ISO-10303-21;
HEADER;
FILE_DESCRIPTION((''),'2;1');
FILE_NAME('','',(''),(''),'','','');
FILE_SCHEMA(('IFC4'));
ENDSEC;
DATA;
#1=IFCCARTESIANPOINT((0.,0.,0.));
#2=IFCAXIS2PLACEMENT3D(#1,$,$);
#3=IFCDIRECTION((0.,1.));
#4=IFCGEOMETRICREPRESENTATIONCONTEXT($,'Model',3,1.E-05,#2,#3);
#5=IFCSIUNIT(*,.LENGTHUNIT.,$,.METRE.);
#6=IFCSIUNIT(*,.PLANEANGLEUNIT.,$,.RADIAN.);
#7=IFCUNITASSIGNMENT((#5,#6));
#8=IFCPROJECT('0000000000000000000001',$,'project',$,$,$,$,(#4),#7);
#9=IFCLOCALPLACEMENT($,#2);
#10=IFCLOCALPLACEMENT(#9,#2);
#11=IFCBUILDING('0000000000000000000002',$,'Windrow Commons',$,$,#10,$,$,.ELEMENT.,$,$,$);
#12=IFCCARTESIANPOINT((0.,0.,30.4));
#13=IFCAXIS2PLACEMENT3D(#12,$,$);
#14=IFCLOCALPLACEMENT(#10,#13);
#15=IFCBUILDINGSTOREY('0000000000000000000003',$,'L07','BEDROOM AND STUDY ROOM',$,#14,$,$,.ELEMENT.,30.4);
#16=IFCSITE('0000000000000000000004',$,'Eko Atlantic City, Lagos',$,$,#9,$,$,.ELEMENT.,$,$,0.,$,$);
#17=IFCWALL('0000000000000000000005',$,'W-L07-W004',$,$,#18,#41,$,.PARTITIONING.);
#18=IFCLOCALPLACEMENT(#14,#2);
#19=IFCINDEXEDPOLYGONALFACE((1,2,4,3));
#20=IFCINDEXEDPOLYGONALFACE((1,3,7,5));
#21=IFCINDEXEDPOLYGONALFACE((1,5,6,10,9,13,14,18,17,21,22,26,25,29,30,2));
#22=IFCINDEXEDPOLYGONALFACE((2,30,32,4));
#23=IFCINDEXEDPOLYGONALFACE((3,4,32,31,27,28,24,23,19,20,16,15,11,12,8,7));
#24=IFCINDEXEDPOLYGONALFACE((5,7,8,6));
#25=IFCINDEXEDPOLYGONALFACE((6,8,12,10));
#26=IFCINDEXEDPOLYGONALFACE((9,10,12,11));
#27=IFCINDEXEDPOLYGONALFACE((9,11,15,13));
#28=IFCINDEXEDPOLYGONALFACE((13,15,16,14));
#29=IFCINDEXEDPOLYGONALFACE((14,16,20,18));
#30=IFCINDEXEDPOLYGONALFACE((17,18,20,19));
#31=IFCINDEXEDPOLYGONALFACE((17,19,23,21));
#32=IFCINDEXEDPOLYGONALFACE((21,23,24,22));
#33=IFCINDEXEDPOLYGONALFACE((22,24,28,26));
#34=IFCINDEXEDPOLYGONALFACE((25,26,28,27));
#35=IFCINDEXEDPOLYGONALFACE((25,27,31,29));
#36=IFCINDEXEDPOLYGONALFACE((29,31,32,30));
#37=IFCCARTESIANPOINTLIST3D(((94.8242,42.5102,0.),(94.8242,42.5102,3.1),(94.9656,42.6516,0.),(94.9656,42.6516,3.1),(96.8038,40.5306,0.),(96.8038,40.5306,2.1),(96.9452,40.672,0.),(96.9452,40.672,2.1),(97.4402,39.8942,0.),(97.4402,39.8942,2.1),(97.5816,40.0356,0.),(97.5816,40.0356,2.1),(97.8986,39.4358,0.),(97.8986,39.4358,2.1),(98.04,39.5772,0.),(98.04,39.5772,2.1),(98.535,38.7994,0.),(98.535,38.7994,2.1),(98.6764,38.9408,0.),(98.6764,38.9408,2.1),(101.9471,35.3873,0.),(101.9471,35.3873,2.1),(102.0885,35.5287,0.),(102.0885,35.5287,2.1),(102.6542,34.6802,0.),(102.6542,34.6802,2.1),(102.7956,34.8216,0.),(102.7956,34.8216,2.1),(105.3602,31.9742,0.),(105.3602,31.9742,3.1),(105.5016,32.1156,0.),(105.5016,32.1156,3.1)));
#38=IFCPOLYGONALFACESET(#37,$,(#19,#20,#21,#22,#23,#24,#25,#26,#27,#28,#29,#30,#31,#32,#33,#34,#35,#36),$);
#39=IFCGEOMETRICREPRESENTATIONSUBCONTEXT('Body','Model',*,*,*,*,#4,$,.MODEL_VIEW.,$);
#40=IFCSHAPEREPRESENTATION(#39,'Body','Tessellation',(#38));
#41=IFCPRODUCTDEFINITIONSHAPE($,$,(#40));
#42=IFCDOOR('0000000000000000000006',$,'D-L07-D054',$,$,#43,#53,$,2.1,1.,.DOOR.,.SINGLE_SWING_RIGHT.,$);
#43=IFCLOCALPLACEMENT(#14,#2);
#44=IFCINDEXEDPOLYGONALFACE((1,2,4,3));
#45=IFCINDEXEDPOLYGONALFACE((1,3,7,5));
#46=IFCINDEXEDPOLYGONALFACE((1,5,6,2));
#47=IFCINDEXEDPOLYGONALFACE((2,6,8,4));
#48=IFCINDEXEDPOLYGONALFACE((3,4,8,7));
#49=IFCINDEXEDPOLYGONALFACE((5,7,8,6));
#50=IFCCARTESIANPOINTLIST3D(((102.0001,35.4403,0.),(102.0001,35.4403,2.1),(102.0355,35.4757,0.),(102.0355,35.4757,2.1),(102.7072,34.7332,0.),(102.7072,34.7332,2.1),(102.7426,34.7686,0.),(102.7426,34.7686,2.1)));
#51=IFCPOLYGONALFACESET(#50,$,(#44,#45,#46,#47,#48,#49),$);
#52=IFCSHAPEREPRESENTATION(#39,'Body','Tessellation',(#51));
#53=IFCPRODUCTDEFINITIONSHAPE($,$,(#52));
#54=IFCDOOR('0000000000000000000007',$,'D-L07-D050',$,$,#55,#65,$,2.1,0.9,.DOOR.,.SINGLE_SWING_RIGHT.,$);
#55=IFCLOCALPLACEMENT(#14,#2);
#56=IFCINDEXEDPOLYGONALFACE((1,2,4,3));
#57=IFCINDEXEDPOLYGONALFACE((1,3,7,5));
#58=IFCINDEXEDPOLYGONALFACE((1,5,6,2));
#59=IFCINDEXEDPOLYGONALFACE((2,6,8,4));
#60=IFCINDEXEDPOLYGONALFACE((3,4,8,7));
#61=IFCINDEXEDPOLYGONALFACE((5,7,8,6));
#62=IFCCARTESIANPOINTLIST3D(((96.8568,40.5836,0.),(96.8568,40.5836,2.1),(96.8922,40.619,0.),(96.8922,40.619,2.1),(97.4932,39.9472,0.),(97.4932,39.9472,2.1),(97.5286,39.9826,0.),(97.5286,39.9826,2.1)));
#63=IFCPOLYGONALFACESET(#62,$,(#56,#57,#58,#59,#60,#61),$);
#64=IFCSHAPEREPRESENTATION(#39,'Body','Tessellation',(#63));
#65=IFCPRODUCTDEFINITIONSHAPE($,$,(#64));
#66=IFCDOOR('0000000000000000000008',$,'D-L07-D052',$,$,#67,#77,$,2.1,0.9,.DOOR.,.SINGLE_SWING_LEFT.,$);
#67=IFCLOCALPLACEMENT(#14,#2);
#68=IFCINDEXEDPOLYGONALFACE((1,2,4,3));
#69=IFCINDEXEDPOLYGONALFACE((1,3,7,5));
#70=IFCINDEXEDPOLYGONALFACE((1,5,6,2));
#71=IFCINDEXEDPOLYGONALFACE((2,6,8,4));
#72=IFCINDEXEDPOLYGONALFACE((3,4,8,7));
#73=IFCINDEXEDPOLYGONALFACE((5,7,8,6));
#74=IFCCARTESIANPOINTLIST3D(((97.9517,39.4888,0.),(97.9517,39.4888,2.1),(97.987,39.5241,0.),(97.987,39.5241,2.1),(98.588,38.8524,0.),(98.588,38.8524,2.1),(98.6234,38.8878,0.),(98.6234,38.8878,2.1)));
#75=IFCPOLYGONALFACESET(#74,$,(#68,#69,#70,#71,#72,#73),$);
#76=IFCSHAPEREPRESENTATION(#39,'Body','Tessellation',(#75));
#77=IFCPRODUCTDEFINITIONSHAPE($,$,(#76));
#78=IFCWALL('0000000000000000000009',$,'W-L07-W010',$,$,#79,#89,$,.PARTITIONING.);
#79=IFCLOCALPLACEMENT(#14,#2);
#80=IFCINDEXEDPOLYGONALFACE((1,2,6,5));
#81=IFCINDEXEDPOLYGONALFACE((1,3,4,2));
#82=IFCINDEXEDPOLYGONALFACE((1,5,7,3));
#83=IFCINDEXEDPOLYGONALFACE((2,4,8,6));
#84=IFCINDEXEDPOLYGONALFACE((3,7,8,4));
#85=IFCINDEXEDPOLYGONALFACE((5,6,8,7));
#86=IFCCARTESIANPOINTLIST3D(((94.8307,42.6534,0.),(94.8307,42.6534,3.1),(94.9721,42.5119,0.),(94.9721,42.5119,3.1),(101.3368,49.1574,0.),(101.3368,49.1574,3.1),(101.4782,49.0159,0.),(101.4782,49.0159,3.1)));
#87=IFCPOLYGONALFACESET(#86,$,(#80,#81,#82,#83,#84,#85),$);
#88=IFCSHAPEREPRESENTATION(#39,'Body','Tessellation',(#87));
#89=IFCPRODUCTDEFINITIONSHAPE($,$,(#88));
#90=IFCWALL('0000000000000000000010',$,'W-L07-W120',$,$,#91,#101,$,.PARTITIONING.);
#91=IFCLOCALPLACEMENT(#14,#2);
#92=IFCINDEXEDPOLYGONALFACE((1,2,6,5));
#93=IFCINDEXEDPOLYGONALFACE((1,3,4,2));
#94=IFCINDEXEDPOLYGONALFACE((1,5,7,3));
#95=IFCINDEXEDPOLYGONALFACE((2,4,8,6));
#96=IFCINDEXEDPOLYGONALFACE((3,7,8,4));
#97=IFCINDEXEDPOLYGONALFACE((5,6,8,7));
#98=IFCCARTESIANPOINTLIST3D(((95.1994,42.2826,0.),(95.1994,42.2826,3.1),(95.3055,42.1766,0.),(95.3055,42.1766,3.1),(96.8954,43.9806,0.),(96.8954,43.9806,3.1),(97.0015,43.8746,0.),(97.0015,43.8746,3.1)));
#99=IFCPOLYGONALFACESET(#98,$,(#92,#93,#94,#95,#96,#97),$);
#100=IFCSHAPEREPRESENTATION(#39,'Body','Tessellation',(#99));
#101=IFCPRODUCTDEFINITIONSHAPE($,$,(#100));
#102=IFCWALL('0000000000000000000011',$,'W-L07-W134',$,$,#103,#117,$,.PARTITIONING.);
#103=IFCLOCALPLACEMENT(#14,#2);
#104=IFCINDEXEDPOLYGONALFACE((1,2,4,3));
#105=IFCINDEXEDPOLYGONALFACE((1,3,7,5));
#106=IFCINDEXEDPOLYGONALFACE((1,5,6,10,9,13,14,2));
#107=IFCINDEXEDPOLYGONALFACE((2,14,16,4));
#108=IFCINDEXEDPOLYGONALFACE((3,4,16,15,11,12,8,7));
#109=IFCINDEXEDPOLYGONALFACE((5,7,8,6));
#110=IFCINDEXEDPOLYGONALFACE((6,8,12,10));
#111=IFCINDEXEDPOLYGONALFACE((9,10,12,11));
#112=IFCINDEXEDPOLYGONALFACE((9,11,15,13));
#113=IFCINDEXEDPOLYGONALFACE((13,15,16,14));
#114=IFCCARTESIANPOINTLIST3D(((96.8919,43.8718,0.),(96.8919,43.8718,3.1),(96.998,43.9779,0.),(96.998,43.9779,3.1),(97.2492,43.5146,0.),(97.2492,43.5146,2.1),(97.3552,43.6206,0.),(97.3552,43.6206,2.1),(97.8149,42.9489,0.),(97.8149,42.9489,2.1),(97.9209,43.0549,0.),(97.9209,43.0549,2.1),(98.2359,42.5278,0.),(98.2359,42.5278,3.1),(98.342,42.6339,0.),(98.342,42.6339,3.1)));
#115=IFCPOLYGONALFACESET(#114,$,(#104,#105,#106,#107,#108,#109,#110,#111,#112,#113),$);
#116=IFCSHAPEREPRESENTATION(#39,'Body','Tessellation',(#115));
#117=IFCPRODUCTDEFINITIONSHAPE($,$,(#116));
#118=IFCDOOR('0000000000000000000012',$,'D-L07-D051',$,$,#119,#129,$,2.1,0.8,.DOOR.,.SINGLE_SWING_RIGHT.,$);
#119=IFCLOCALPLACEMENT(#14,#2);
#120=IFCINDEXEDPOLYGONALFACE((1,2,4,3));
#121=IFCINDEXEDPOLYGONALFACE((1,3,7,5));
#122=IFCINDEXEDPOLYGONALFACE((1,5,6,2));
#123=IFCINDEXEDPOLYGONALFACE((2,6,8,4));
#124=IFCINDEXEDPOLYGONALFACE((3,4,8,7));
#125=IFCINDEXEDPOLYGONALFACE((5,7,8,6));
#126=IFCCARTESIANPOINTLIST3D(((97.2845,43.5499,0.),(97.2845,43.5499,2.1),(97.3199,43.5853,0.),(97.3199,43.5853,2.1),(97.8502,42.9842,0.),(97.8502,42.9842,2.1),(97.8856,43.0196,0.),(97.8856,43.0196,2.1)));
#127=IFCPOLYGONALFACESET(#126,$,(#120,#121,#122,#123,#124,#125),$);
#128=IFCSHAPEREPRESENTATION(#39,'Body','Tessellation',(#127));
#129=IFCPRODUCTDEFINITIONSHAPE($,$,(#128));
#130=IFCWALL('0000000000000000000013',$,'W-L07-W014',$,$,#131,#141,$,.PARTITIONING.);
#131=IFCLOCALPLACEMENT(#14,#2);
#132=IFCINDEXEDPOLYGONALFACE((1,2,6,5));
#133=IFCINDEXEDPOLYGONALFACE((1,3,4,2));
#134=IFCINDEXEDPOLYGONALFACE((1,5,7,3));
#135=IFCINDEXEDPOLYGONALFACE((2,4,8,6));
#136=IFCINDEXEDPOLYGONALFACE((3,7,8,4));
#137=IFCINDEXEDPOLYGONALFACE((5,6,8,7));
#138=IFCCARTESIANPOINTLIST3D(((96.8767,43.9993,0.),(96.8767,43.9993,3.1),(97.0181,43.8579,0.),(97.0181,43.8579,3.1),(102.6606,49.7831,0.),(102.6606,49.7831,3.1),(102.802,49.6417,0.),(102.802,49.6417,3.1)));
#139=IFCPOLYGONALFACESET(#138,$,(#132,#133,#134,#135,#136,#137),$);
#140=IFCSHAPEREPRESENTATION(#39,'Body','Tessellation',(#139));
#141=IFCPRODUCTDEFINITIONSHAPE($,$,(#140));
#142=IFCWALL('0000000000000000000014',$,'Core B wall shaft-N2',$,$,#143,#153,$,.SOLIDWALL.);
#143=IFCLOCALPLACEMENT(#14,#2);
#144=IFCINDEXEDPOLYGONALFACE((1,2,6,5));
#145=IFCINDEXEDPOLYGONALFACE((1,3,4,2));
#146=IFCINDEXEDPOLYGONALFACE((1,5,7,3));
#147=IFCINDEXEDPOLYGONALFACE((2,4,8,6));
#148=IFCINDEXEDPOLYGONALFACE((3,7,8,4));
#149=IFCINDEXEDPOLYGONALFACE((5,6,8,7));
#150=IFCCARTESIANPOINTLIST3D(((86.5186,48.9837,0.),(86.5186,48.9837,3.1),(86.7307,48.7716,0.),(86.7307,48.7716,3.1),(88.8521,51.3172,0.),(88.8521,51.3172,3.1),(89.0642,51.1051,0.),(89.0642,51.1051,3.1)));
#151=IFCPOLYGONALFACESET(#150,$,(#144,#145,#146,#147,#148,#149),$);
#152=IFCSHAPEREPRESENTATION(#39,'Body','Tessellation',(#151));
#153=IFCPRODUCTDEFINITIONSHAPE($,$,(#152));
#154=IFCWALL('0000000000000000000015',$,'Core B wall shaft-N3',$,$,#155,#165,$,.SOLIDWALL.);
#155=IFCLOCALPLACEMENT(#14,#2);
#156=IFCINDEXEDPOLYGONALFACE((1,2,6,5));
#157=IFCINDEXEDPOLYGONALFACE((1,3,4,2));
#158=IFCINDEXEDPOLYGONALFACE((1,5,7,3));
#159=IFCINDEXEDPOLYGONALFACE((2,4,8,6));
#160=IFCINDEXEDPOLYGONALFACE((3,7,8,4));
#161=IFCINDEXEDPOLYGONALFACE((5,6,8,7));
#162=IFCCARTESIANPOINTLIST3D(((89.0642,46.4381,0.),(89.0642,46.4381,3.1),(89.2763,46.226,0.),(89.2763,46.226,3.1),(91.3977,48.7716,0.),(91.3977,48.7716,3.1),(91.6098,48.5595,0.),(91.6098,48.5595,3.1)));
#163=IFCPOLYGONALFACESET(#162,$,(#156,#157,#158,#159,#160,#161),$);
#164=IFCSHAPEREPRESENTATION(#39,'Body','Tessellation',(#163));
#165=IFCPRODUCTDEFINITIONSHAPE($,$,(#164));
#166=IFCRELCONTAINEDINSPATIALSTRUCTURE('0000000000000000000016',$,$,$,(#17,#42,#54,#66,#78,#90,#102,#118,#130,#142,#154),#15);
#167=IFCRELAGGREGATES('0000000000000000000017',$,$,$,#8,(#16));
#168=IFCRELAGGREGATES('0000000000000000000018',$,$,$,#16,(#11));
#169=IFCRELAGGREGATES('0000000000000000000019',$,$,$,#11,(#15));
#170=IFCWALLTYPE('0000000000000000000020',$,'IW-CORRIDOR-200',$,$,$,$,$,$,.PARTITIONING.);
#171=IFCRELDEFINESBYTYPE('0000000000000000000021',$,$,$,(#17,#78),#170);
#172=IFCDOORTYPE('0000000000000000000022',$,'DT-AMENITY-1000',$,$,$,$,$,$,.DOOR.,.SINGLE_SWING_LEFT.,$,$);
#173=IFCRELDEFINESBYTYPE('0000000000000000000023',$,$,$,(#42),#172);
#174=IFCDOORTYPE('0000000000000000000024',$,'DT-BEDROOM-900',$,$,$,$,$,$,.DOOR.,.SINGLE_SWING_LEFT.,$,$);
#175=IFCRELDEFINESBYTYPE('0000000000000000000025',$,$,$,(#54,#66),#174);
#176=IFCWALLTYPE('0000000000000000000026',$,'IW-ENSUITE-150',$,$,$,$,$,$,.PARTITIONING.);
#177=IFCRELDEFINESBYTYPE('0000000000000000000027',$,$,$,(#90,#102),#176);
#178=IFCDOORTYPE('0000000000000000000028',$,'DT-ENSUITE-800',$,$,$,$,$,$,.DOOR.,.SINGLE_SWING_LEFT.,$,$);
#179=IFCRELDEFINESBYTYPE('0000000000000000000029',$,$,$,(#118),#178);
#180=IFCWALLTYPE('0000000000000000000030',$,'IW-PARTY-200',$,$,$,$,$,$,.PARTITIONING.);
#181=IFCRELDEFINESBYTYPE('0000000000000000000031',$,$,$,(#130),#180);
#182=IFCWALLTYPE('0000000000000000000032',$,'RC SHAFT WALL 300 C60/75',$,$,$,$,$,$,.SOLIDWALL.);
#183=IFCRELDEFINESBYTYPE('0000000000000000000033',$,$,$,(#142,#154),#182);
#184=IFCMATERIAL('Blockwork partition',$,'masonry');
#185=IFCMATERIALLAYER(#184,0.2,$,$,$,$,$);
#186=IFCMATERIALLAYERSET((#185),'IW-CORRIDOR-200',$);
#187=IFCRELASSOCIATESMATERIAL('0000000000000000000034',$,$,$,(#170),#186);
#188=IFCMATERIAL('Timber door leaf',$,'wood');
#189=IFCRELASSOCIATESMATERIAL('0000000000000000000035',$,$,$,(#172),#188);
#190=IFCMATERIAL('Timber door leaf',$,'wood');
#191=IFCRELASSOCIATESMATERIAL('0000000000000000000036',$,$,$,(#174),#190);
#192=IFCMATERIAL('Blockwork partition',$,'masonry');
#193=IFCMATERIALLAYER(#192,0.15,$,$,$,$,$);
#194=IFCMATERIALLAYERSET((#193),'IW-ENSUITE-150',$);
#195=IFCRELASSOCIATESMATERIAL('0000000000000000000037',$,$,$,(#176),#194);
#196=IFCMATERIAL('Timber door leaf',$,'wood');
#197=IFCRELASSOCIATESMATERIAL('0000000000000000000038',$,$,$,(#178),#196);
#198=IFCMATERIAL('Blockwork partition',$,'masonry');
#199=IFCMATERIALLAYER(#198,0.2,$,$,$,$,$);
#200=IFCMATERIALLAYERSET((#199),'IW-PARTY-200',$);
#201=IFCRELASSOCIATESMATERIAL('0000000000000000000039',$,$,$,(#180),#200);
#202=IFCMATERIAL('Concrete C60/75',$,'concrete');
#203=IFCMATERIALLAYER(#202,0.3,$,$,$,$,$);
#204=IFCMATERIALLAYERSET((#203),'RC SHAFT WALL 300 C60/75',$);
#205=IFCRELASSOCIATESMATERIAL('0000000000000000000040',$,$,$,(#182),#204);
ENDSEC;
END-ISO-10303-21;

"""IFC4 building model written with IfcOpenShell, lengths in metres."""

from ifc_helpers import new_model, si_unit, direction, frame, frame_2d, origin, place, context, subcontext, project, spatial, rectangle, extrude, material, layer, layer_set, type_object, element, fill, save


model = new_model("IFC4")

# Units and contexts
model_context = context("Model", 3, precision=1e-05, world=origin(), true_north=direction((0.0, 1.0)))
body_context = subcontext(model_context, "Body", "Model", "MODEL_VIEW")
ifc_project = project(units=[si_unit("LENGTHUNIT", "METRE"), si_unit("PLANEANGLEUNIT", "RADIAN")], contexts=[model_context])

# Site, building, storey
site_placement = place(None, origin())
site = spatial("IfcSite", under=ifc_project, at=site_placement, Name="Eko Atlantic City, Lagos", CompositionType="ELEMENT", RefElevation=0.0)
building_placement = place(site_placement, origin())
building = spatial("IfcBuilding", under=site, at=building_placement, Name="Windrow Commons", CompositionType="ELEMENT")
storey_placement = place(building_placement, frame((0.0, 0.0, 30.4)))
storey = spatial("IfcBuildingStorey", under=building, at=storey_placement, Name="L07", Description="BEDROOM AND STUDY ROOM", CompositionType="ELEMENT", Elevation=30.4)

# Wall, openings, doors
ifc_material_1 = material(Name="Blockwork partition", Category="masonry")
ifc_layer_1 = layer(ifc_material_1, 0.2)
ifc_layer_set_1 = layer_set([ifc_layer_1], Name="IW-CORRIDOR-200")
wall_type_1 = type_object("IfcWallType", Name="IW-CORRIDOR-200", PredefinedType="PARTITIONING", material=ifc_layer_set_1)
wall_1_placement = place(storey_placement, frame((94.8949, 42.5809, 0.0), z_axis=(0.0, 0.0, 1.0), x_axis=(0.707107, -0.707107, 0.0)))
wall_1 = element("IfcWall", 1, at=wall_1_placement, inside=storey, type_object=wall_type_1, Name="W-L07-W004", PredefinedType="PARTITIONING", context=body_context, shape_type="SweptSolid", body=[
    extrude(rectangle(XDim=14.9002, YDim=0.2, at=frame_2d((7.4501, 0.0))), origin(), (0.0, 0.0, 1.0), 3.1),
])
opening_1_placement = place(wall_1_placement, frame((2.7996, 0.0, 0.0)))
opening_1 = element("IfcOpeningElement", 2, at=opening_1_placement, cuts=wall_1, PredefinedType="OPENING", context=body_context, shape_type="SweptSolid", body=[
    extrude(rectangle(XDim=0.9, YDim=2.1, at=frame_2d((0.45, 1.05))), frame((0.0, 0.11, 0.0), z_axis=(0.0, -1.0, 0.0), x_axis=(1.0, 0.0, 0.0)), (0.0, 0.0, 1.0), 0.22),
])
opening_2_placement = place(wall_1_placement, frame((4.3479, 0.0, 0.0)))
opening_2 = element("IfcOpeningElement", 3, at=opening_2_placement, cuts=wall_1, PredefinedType="OPENING", context=body_context, shape_type="SweptSolid", body=[
    extrude(rectangle(XDim=0.9, YDim=2.1, at=frame_2d((0.45, 1.05))), frame((0.0, 0.11, 0.0), z_axis=(0.0, -1.0, 0.0), x_axis=(1.0, 0.0, 0.0)), (0.0, 0.0, 1.0), 0.22),
])
opening_3_placement = place(wall_1_placement, frame((10.0733, 0.0, 0.0)))
opening_3 = element("IfcOpeningElement", 4, at=opening_3_placement, cuts=wall_1, PredefinedType="OPENING", context=body_context, shape_type="SweptSolid", body=[
    extrude(rectangle(XDim=1.0, YDim=2.1, at=frame_2d((0.5, 1.05))), frame((0.0, 0.11, 0.0), z_axis=(0.0, -1.0, 0.0), x_axis=(1.0, 0.0, 0.0)), (0.0, 0.0, 1.0), 0.22),
])
ifc_material_2 = material(Name="Timber door leaf", Category="wood")
door_type_1 = type_object("IfcDoorType", Name="DT-AMENITY-1000", OperationType="SINGLE_SWING_LEFT", PredefinedType="DOOR", material=ifc_material_2)
door_1_placement = place(opening_3_placement, origin())
door_1 = element("IfcDoor", 5, at=door_1_placement, inside=storey, type_object=door_type_1, Name="D-L07-D054", OperationType="SINGLE_SWING_RIGHT", OverallHeight=2.1, OverallWidth=1.0, PredefinedType="DOOR", context=body_context, shape_type="SweptSolid", body=[
    extrude(rectangle(XDim=1.0, YDim=2.1, at=frame_2d((0.5, 1.05))), frame((0.0, 0.025, 0.0), z_axis=(0.0, -1.0, 0.0), x_axis=(1.0, 0.0, 0.0)), (0.0, 0.0, 1.0), 0.05),
])
fill(opening_3, door_1)
ifc_material_3 = material(Name="Timber door leaf", Category="wood")
door_type_2 = type_object("IfcDoorType", Name="DT-BEDROOM-900", OperationType="SINGLE_SWING_LEFT", PredefinedType="DOOR", material=ifc_material_3)
door_2_placement = place(opening_1_placement, origin())
door_2 = element("IfcDoor", 6, at=door_2_placement, inside=storey, type_object=door_type_2, Name="D-L07-D050", OperationType="SINGLE_SWING_RIGHT", OverallHeight=2.1, OverallWidth=0.9, PredefinedType="DOOR", context=body_context, shape_type="SweptSolid", body=[
    extrude(rectangle(XDim=0.9, YDim=2.1, at=frame_2d((0.45, 1.05))), frame((0.0, 0.025, 0.0), z_axis=(0.0, -1.0, 0.0), x_axis=(1.0, 0.0, 0.0)), (0.0, 0.0, 1.0), 0.05),
])
fill(opening_1, door_2)
door_3_placement = place(opening_2_placement, origin())
door_3 = element("IfcDoor", 7, at=door_3_placement, inside=storey, type_object=door_type_2, Name="D-L07-D052", OperationType="SINGLE_SWING_LEFT", OverallHeight=2.1, OverallWidth=0.9, PredefinedType="DOOR", context=body_context, shape_type="SweptSolid", body=[
    extrude(rectangle(XDim=0.9, YDim=2.1, at=frame_2d((0.45, 1.05))), frame((0.0, 0.025, 0.0), z_axis=(0.0, -1.0, 0.0), x_axis=(1.0, 0.0, 0.0)), (0.0, 0.0, 1.0), 0.05),
])
fill(opening_2, door_3)

# Walls
wall_2_placement = place(storey_placement, frame((94.9014, 42.5826, 0.0), z_axis=(0.0, 0.0, 1.0), x_axis=(0.707215, 0.706998, 0.0)))
element("IfcWall", 8, at=wall_2_placement, inside=storey, type_object=wall_type_1, Name="W-L07-W010", PredefinedType="PARTITIONING", context=body_context, shape_type="SweptSolid", body=[
    extrude(rectangle(XDim=9.1995, YDim=0.2, at=frame_2d((4.5998, 0.0))), origin(), (0.0, 0.0, 1.0), 3.1),
])
ifc_material_4 = material(Name="Blockwork partition", Category="masonry")
ifc_layer_2 = layer(ifc_material_4, 0.15)
ifc_layer_set_2 = layer_set([ifc_layer_2], Name="IW-ENSUITE-150")
wall_type_2 = type_object("IfcWallType", Name="IW-ENSUITE-150", PredefinedType="PARTITIONING", material=ifc_layer_set_2)
wall_3_placement = place(storey_placement, frame((95.2524, 42.2296, 0.0), z_axis=(0.0, 0.0, 1.0), x_axis=(0.70669, 0.707523, 0.0)))
element("IfcWall", 9, at=wall_3_placement, inside=storey, type_object=wall_type_2, Name="W-L07-W120", PredefinedType="PARTITIONING", context=body_context, shape_type="SweptSolid", body=[
    extrude(rectangle(XDim=2.3999, YDim=0.15, at=frame_2d((1.2, 0.0))), origin(), (0.0, 0.0, 1.0), 3.1),
])

# Wall, opening, door
wall_4_placement = place(storey_placement, frame((96.9449, 43.9249, 0.0), z_axis=(0.0, 0.0, 1.0), x_axis=(0.707107, -0.707107, 0.0)))
wall_4 = element("IfcWall", 10, at=wall_4_placement, inside=storey, type_object=wall_type_2, Name="W-L07-W134", PredefinedType="PARTITIONING", context=body_context, shape_type="SweptSolid", body=[
    extrude(rectangle(XDim=1.9007, YDim=0.15, at=frame_2d((0.9504, 0.0))), origin(), (0.0, 0.0, 1.0), 3.1),
])
opening_4_placement = place(wall_4_placement, frame((0.5053, 0.0, 0.0)))
opening_4 = element("IfcOpeningElement", 11, at=opening_4_placement, cuts=wall_4, PredefinedType="OPENING", context=body_context, shape_type="SweptSolid", body=[
    extrude(rectangle(XDim=0.8, YDim=2.1, at=frame_2d((0.4, 1.05))), frame((0.0, 0.085, 0.0), z_axis=(0.0, -1.0, 0.0), x_axis=(1.0, 0.0, 0.0)), (0.0, 0.0, 1.0), 0.17),
])
ifc_material_5 = material(Name="Timber door leaf", Category="wood")
door_type_3 = type_object("IfcDoorType", Name="DT-ENSUITE-800", OperationType="SINGLE_SWING_LEFT", PredefinedType="DOOR", material=ifc_material_5)
door_4_placement = place(opening_4_placement, origin())
door_4 = element("IfcDoor", 12, at=door_4_placement, inside=storey, type_object=door_type_3, Name="D-L07-D051", OperationType="SINGLE_SWING_RIGHT", OverallHeight=2.1, OverallWidth=0.8, PredefinedType="DOOR", context=body_context, shape_type="SweptSolid", body=[
    extrude(rectangle(XDim=0.8, YDim=2.1, at=frame_2d((0.4, 1.05))), frame((0.0, 0.025, 0.0), z_axis=(0.0, -1.0, 0.0), x_axis=(1.0, 0.0, 0.0)), (0.0, 0.0, 1.0), 0.05),
])
fill(opening_4, door_4)

# Walls
ifc_material_6 = material(Name="Blockwork partition", Category="masonry")
ifc_layer_3 = layer(ifc_material_6, 0.2)
ifc_layer_set_3 = layer_set([ifc_layer_3], Name="IW-PARTY-200")
wall_type_3 = type_object("IfcWallType", Name="IW-PARTY-200", PredefinedType="PARTITIONING", material=ifc_layer_set_3)
wall_5_placement = place(storey_placement, frame((96.9474, 43.9286, 0.0), z_axis=(0.0, 0.0, 1.0), x_axis=(0.707113, 0.707101, 0.0)))
element("IfcWall", 13, at=wall_5_placement, inside=storey, type_object=wall_type_3, Name="W-L07-W014", PredefinedType="PARTITIONING", context=body_context, shape_type="SweptSolid", body=[
    extrude(rectangle(XDim=8.1795, YDim=0.2, at=frame_2d((4.0898, 0.0))), origin(), (0.0, 0.0, 1.0), 3.1),
])
ifc_material_7 = material(Name="Concrete C60/75", Category="concrete")
ifc_layer_4 = layer(ifc_material_7, 0.3)
ifc_layer_set_4 = layer_set([ifc_layer_4], Name="RC SHAFT WALL 300 C60/75")
wall_type_4 = type_object("IfcWallType", Name="RC SHAFT WALL 300 C60/75", PredefinedType="SOLIDWALL", material=ifc_layer_set_4)
for number, where, z_axis, x_axis, name in (
    (14, (86.6246, 48.8776, 0.0), (0.0, 0.0, 1.0), (0.707107, 0.707107, 0.0), "Core B wall shaft-N2"),
    (15, (89.1702, 46.332, 0.0), (0.0, 0.0, 1.0), (0.707107, 0.707107, 0.0), "Core B wall shaft-N3"),
):
    element("IfcWall", number, at=place(storey_placement, frame(where, z_axis=z_axis, x_axis=x_axis)), inside=storey, type_object=wall_type_4, Name=name, PredefinedType="SOLIDWALL", context=body_context, shape_type="SweptSolid", body=[
        extrude(rectangle(XDim=3.3001, YDim=0.3, at=frame_2d((1.6501, 0.0))), origin(), (0.0, 0.0, 1.0), 3.1),
    ])

save(model, "model.ifc")
